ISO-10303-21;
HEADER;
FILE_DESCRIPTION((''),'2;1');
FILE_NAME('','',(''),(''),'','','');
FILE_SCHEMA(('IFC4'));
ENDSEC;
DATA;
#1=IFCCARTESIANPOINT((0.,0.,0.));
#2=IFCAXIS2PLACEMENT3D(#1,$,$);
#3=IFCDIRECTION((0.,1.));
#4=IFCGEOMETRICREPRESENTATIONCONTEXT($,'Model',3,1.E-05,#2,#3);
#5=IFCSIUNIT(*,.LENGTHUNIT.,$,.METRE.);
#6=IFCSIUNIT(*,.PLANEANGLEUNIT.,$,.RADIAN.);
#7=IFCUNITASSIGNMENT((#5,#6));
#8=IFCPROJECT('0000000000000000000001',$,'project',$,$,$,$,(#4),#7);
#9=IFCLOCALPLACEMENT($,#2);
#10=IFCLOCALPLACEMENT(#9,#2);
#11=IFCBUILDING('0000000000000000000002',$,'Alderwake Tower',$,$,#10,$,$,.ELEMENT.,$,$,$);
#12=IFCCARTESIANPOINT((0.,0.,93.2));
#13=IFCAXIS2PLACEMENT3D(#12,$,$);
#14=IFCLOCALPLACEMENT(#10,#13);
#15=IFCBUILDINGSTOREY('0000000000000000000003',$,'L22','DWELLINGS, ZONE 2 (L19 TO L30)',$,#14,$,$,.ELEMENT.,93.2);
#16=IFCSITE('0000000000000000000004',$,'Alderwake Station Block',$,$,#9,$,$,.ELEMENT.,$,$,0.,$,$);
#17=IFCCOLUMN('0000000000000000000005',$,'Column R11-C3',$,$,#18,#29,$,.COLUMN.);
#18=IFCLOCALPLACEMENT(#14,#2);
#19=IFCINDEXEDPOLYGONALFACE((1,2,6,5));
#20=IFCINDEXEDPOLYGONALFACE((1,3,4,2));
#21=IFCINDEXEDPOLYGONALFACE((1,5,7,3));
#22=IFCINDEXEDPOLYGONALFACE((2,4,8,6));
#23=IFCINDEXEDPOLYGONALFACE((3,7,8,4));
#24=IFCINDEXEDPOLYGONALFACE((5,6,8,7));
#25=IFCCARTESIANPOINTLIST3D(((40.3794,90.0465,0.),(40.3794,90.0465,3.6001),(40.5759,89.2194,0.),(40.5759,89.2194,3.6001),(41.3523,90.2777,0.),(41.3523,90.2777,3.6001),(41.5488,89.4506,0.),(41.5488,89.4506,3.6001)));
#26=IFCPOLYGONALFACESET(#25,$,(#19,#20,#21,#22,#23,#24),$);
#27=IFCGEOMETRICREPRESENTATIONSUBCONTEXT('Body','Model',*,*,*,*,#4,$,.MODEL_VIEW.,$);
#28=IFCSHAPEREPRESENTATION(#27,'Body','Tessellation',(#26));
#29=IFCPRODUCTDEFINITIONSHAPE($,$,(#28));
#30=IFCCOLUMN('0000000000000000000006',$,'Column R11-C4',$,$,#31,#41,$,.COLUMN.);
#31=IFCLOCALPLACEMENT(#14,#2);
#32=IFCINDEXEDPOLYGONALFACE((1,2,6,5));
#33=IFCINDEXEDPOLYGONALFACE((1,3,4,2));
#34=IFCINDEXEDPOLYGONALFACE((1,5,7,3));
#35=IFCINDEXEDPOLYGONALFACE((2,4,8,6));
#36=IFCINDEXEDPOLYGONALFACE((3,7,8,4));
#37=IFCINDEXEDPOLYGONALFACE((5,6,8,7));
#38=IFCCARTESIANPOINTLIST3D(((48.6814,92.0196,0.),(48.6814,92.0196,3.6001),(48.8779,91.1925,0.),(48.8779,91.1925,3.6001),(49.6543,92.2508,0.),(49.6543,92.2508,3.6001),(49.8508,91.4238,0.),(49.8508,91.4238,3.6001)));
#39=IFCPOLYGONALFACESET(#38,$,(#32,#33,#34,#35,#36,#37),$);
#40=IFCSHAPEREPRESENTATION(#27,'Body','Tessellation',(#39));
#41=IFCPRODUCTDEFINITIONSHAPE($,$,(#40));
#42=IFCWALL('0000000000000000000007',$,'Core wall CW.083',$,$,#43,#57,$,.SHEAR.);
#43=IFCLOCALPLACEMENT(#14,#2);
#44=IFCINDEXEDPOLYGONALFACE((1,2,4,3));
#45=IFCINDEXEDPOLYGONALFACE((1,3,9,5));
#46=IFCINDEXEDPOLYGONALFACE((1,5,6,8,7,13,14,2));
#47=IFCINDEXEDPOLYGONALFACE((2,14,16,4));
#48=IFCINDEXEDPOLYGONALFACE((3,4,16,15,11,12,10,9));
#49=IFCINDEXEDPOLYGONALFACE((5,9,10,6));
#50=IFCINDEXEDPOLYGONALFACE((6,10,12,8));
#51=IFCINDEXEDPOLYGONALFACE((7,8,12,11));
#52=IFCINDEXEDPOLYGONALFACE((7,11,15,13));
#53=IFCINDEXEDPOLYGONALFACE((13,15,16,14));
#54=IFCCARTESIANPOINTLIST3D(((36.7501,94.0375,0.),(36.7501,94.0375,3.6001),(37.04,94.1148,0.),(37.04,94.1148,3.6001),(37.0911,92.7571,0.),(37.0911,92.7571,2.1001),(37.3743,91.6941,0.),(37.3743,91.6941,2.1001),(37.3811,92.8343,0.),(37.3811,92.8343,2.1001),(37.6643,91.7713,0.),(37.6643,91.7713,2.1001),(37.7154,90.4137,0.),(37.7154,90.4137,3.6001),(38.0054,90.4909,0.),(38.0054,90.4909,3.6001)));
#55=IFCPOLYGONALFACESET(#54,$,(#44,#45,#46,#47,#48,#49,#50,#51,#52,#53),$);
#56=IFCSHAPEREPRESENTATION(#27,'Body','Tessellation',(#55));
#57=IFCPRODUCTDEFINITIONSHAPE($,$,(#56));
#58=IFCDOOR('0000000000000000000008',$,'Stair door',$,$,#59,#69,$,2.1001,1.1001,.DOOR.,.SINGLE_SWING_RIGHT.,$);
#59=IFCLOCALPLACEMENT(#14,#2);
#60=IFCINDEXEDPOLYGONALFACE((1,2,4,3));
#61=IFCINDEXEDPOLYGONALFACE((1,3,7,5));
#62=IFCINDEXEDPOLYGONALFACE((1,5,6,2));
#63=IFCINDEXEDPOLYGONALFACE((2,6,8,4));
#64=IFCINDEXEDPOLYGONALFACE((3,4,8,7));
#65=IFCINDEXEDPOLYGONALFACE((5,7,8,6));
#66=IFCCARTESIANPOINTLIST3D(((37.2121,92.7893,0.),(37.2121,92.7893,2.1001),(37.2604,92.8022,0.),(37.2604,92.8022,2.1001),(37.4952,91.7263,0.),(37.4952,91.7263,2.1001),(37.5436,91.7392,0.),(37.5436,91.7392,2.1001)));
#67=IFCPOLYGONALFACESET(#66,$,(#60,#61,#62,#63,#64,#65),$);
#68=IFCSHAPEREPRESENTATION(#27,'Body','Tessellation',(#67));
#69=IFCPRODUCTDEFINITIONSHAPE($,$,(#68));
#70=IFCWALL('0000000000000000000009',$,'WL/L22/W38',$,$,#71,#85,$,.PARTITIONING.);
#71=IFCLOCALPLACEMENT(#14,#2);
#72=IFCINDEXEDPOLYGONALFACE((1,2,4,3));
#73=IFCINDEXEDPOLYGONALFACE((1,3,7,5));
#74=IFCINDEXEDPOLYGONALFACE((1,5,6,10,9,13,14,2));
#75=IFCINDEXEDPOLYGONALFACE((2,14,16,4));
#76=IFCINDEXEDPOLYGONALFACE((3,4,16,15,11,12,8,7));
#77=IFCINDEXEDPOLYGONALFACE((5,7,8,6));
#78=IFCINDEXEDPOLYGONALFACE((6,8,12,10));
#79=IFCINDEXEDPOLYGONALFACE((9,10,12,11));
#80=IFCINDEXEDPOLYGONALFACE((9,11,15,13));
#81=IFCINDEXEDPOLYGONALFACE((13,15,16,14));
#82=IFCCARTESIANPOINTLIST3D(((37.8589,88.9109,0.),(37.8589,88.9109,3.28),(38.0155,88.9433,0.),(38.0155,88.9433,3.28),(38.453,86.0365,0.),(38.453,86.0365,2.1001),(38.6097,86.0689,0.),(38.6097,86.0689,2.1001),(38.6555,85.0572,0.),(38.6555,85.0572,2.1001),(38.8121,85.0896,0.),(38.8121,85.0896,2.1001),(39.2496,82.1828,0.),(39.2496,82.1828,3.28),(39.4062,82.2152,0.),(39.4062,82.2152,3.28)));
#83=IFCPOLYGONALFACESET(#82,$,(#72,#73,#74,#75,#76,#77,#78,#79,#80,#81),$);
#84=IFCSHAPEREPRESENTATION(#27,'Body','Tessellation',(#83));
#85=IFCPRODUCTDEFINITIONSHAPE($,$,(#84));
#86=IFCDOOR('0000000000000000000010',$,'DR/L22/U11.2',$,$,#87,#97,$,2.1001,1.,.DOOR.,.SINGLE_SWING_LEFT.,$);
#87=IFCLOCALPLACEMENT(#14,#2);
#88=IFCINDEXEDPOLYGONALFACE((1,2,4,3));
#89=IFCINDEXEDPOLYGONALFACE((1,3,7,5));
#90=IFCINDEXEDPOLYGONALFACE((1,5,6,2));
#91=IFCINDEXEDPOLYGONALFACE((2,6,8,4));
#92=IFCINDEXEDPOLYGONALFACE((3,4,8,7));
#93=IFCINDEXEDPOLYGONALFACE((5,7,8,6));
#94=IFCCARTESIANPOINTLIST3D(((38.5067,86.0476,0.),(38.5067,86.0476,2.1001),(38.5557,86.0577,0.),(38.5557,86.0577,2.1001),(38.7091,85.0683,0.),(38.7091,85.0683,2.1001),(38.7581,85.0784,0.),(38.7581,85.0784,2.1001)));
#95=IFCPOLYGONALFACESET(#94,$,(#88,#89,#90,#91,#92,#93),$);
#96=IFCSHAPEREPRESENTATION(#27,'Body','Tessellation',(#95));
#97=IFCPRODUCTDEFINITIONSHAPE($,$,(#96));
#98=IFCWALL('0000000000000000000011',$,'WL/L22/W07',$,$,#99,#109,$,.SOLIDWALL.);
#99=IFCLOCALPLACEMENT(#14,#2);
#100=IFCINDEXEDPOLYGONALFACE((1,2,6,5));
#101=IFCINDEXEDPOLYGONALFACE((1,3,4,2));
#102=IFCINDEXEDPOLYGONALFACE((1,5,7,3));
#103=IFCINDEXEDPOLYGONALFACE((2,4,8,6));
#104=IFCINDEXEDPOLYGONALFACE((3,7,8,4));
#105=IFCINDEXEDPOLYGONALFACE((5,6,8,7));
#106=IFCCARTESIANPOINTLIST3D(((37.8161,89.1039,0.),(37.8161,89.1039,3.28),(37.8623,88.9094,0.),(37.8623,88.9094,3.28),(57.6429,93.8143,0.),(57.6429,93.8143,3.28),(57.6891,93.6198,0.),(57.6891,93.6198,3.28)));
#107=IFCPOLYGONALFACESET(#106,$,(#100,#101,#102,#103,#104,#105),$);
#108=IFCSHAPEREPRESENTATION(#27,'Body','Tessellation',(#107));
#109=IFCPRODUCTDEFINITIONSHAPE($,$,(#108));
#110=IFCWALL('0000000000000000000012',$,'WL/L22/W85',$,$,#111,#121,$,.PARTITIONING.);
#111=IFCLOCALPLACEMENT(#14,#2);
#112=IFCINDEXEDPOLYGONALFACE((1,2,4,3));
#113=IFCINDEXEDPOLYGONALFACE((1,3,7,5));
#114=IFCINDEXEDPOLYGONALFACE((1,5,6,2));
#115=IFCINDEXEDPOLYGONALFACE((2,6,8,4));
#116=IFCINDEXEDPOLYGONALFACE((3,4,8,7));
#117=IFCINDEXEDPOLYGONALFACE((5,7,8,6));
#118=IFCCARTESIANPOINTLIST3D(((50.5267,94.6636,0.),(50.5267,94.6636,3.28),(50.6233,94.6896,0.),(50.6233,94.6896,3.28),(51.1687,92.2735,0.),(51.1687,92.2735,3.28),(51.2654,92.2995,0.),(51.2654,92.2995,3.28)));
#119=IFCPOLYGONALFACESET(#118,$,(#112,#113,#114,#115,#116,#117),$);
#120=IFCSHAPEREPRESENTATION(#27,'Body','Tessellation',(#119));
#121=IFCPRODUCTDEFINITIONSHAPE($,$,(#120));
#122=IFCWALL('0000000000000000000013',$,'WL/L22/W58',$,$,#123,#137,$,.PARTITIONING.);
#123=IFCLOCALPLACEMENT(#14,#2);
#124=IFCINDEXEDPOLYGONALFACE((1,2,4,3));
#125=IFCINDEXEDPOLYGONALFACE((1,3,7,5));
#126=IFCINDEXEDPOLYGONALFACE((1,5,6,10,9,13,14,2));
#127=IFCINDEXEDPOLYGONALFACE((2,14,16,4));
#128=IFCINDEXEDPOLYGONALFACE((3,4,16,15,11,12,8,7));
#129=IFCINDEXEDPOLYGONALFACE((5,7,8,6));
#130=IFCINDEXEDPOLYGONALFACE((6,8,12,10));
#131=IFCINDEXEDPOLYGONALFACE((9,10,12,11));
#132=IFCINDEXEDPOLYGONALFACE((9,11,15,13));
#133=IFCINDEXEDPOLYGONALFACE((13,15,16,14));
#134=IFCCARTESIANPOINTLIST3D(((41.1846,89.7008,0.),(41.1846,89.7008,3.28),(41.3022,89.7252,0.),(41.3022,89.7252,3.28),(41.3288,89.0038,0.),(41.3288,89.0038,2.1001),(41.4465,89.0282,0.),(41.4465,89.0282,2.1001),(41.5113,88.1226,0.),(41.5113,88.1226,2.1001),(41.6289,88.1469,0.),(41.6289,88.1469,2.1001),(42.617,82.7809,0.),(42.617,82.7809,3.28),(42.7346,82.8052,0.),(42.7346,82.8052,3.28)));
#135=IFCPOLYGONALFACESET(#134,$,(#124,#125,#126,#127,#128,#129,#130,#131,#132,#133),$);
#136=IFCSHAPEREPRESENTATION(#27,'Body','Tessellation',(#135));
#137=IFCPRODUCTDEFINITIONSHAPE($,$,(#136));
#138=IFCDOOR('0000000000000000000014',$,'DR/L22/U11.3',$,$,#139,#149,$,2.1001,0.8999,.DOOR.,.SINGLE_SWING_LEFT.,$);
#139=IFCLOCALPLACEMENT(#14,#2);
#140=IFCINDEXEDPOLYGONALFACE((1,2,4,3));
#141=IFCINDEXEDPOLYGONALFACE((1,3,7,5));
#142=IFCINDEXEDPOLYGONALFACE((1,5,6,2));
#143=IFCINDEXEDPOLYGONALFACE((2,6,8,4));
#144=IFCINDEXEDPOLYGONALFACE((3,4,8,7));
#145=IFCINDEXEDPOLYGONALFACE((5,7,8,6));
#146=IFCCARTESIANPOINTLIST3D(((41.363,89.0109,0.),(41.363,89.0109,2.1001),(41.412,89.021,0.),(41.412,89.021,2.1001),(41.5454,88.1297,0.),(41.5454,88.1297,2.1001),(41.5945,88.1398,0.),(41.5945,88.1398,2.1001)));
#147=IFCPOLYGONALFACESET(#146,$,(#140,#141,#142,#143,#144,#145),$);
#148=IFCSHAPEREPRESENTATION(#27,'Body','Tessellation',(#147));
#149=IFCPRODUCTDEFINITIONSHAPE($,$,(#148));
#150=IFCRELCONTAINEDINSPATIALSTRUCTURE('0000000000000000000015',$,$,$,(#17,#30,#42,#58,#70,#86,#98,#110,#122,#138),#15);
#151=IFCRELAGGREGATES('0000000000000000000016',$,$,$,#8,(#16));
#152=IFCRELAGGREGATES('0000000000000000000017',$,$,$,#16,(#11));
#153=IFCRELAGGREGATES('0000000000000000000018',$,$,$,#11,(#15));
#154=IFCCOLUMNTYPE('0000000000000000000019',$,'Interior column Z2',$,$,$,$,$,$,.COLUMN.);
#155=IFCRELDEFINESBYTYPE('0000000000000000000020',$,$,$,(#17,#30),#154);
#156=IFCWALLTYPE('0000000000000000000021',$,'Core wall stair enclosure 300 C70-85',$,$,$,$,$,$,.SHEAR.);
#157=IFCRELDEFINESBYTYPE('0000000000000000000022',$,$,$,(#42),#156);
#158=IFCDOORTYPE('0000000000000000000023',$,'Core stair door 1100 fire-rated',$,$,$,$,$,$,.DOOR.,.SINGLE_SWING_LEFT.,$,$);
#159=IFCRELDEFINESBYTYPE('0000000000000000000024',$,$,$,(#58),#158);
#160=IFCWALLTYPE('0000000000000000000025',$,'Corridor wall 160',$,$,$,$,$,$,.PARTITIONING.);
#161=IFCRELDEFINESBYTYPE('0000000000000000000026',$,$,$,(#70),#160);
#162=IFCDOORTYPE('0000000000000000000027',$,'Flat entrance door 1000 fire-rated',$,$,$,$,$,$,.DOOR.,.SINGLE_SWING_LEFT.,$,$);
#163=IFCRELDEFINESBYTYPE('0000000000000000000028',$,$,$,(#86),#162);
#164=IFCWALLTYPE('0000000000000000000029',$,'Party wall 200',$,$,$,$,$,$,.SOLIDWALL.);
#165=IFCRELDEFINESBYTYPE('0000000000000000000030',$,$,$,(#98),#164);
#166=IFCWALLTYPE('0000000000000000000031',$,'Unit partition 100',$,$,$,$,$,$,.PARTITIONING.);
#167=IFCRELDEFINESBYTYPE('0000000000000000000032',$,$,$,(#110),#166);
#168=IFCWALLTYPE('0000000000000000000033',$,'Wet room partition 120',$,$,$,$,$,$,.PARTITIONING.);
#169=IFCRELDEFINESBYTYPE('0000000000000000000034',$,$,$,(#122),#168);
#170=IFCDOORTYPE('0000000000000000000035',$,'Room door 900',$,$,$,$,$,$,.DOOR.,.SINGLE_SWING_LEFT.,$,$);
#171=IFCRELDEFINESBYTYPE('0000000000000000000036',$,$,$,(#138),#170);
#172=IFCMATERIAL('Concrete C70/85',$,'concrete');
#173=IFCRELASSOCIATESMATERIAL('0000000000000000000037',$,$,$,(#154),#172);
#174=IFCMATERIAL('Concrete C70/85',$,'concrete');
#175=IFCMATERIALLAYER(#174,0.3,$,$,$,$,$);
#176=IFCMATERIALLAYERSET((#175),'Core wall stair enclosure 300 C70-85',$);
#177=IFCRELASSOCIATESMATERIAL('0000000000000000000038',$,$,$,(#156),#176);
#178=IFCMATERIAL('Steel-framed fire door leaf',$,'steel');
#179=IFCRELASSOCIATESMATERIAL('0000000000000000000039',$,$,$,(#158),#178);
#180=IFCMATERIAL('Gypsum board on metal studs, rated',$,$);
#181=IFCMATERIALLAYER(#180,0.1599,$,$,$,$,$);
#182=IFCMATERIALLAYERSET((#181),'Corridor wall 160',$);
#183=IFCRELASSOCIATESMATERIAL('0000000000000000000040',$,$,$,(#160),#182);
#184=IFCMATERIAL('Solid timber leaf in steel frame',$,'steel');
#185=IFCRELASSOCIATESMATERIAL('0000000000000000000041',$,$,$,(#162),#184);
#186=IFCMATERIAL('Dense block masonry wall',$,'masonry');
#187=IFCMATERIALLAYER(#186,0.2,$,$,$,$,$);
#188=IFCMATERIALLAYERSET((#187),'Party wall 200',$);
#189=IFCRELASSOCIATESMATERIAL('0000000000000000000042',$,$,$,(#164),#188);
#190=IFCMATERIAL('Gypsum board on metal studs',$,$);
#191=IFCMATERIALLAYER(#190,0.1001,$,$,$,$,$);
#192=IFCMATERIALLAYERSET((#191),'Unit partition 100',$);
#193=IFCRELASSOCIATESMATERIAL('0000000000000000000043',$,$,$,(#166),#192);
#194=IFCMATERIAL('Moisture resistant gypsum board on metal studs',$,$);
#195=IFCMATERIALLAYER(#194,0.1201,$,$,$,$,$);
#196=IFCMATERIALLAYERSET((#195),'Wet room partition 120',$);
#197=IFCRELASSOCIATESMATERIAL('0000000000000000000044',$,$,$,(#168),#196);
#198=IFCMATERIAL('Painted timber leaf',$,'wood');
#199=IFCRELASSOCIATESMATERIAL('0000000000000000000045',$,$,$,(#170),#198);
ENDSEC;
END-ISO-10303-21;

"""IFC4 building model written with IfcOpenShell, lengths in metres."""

from ifc_helpers import new_model, si_unit, direction, frame, frame_2d, origin, origin_2d, place, context, subcontext, project, spatial, rectangle, extrude, material, layer, layer_set, material_profile, profile_set, type_object, element, fill, save


model = new_model("IFC4")

# Units and contexts
model_context = context("Model", 3, precision=1e-05, world=origin(), true_north=direction((0.0, 1.0)))
body_context = subcontext(model_context, "Body", "Model", "MODEL_VIEW")
ifc_project = project(units=[si_unit("LENGTHUNIT", "METRE"), si_unit("PLANEANGLEUNIT", "RADIAN")], contexts=[model_context])

# Site, building, storey
site_placement = place(None, origin())
site = spatial("IfcSite", under=ifc_project, at=site_placement, Name="Alderwake Station Block", CompositionType="ELEMENT", RefElevation=0.0)
building_placement = place(site_placement, origin())
building = spatial("IfcBuilding", under=site, at=building_placement, Name="Alderwake Tower", CompositionType="ELEMENT")
storey_placement = place(building_placement, frame((0.0, 0.0, 93.2)))
storey = spatial("IfcBuildingStorey", under=building, at=storey_placement, Name="L22", Description="DWELLINGS, ZONE 2 (L19 TO L30)", CompositionType="ELEMENT", Elevation=93.2)

# Columns
ifc_material_1 = material(Name="Concrete C70/85", Category="concrete")
ifc_material_profile = material_profile(ifc_material_1, rectangle(XDim=0.8501, YDim=1.0, at=origin_2d()), Name="RC 1000X850")
ifc_profile_set = profile_set([ifc_material_profile], Name="Concrete C70/85")
column_type = type_object("IfcColumnType", Name="Interior column Z2", PredefinedType="COLUMN", material=ifc_profile_set)
for number, where, z_axis, x_axis, name in (
    (1, (40.9641, 89.7485, 0.0), (0.0, 0.0, 1.0), (-0.231222, 0.972901, 0.0), "Column R11-C3"),
    (2, (49.2661, 91.7217, 0.0), (0.0, 0.0, 1.0), (-0.231222, 0.972901, 0.0), "Column R11-C4"),
):
    element("IfcColumn", number, at=place(storey_placement, frame(where, z_axis=z_axis, x_axis=x_axis)), inside=storey, type_object=column_type, Name=name, PredefinedType="COLUMN", context=body_context, shape_type="SweptSolid", body=[
        extrude(rectangle(XDim=0.8501, YDim=1.0, at=origin_2d()), origin(), (0.0, 0.0, 1.0), 3.6001),
    ])

# Walls, openings, doors
ifc_material_2 = material(Name="Concrete C70/85", Category="concrete")
ifc_layer_1 = layer(ifc_material_2, 0.3)
ifc_layer_set_1 = layer_set([ifc_layer_1], Name="Core wall stair enclosure 300 C70-85")
wall_type_1 = type_object("IfcWallType", Name="Core wall stair enclosure 300 C70-85", PredefinedType="SHEAR", material=ifc_layer_set_1)
wall_1_placement = place(storey_placement, frame((37.8604, 90.4524, 0.0), z_axis=(0.0, 0.0, 1.0), x_axis=(-0.257411, 0.966302, 0.0)))
wall_1 = element("IfcWall", 3, at=wall_1_placement, inside=storey, type_object=wall_type_1, Name="Core wall CW.083", PredefinedType="SHEAR", context=body_context, shape_type="SweptSolid", body=[
    extrude(rectangle(XDim=3.7502, YDim=0.3, at=frame_2d((1.875, 0.0))), origin(), (0.0, 0.0, 1.0), 3.6001),
])
opening_1_placement = place(wall_1_placement, frame((1.325, 0.0, 0.0)))
opening_1 = element("IfcOpeningElement", 4, at=opening_1_placement, cuts=wall_1, PredefinedType="OPENING", context=body_context, shape_type="SweptSolid", body=[
    extrude(rectangle(XDim=1.1001, YDim=2.1001, at=frame_2d((0.55, 1.05))), frame((0.0, 0.1599, 0.0), z_axis=(0.0, -1.0, 0.0), x_axis=(1.0, 0.0, 0.0)), (0.0, 0.0, 1.0), 0.3201),
])
ifc_material_3 = material(Name="Steel-framed fire door leaf", Category="steel")
door_type_1 = type_object("IfcDoorType", Name="Core stair door 1100 fire-rated", OperationType="SINGLE_SWING_LEFT", PredefinedType="DOOR", material=ifc_material_3)
door_1_placement = place(opening_1_placement, origin())
door_1 = element("IfcDoor", 5, at=door_1_placement, inside=storey, type_object=door_type_1, Name="Stair door", OperationType="SINGLE_SWING_RIGHT", OverallHeight=2.1001, OverallWidth=1.1001, PredefinedType="DOOR", context=body_context, shape_type="SweptSolid", body=[
    extrude(rectangle(XDim=1.1001, YDim=2.1001, at=frame_2d((0.55, 1.05))), frame((0.0, 0.0249, 0.0), z_axis=(0.0, -1.0, 0.0), x_axis=(1.0, 0.0, 0.0)), (0.0, 0.0, 1.0), 0.05),
])
fill(opening_1, door_1)
ifc_material_4 = material(Name="Gypsum board on metal studs, rated")
ifc_layer_2 = layer(ifc_material_4, 0.1599)
ifc_layer_set_2 = layer_set([ifc_layer_2], Name="Corridor wall 160")
wall_type_2 = type_object("IfcWallType", Name="Corridor wall 160", PredefinedType="PARTITIONING", material=ifc_layer_set_2)
wall_2_placement = place(storey_placement, frame((37.9373, 88.927, 0.0), z_axis=(0.0, 0.0, 1.0), x_axis=(0.202413, -0.9793, 0.0)))
wall_2 = element("IfcWall", 6, at=wall_2_placement, inside=storey, type_object=wall_type_2, Name="WL/L22/W38", PredefinedType="PARTITIONING", context=body_context, shape_type="SweptSolid", body=[
    extrude(rectangle(XDim=6.8704, YDim=0.1599, at=frame_2d((3.4351, 0.0))), origin(), (0.0, 0.0, 1.0), 3.28),
])
opening_2_placement = place(wall_2_placement, frame((2.9351, 0.0, 0.0)))
opening_2 = element("IfcOpeningElement", 7, at=opening_2_placement, cuts=wall_2, PredefinedType="OPENING", context=body_context, shape_type="SweptSolid", body=[
    extrude(rectangle(XDim=1.0, YDim=2.1001, at=frame_2d((0.5, 1.05))), frame((0.0, 0.0898, 0.0), z_axis=(0.0, -1.0, 0.0), x_axis=(1.0, 0.0, 0.0)), (0.0, 0.0, 1.0), 0.1799),
])
ifc_material_5 = material(Name="Solid timber leaf in steel frame", Category="steel")
door_type_2 = type_object("IfcDoorType", Name="Flat entrance door 1000 fire-rated", OperationType="SINGLE_SWING_LEFT", PredefinedType="DOOR", material=ifc_material_5)
door_2_placement = place(opening_2_placement, origin())
door_2 = element("IfcDoor", 8, at=door_2_placement, inside=storey, type_object=door_type_2, Name="DR/L22/U11.2", OperationType="SINGLE_SWING_LEFT", OverallHeight=2.1001, OverallWidth=1.0, PredefinedType="DOOR", context=body_context, shape_type="SweptSolid", body=[
    extrude(rectangle(XDim=1.0, YDim=2.1001, at=frame_2d((0.5, 1.05))), frame((0.0, 0.0249, 0.0), z_axis=(0.0, -1.0, 0.0), x_axis=(1.0, 0.0, 0.0)), (0.0, 0.0, 1.0), 0.05),
])
fill(opening_2, door_2)

# Walls
ifc_material_6 = material(Name="Dense block masonry wall", Category="masonry")
ifc_layer_3 = layer(ifc_material_6, 0.2)
ifc_layer_set_3 = layer_set([ifc_layer_3], Name="Party wall 200")
wall_type_3 = type_object("IfcWallType", Name="Party wall 200", PredefinedType="SOLIDWALL", material=ifc_layer_set_3)
wall_3_placement = place(storey_placement, frame((37.8391, 89.0066, 0.0), z_axis=(0.0, 0.0, 1.0), x_axis=(0.972919, 0.231145, 0.0)))
element("IfcWall", 9, at=wall_3_placement, inside=storey, type_object=wall_type_3, Name="WL/L22/W07", PredefinedType="SOLIDWALL", context=body_context, shape_type="SweptSolid", body=[
    extrude(rectangle(XDim=20.3787, YDim=0.2, at=frame_2d((10.1895, 0.0))), origin(), (0.0, 0.0, 1.0), 3.28),
])
ifc_material_7 = material(Name="Gypsum board on metal studs")
ifc_layer_4 = layer(ifc_material_7, 0.1001)
ifc_layer_set_4 = layer_set([ifc_layer_4], Name="Unit partition 100")
wall_type_4 = type_object("IfcWallType", Name="Unit partition 100", PredefinedType="PARTITIONING", material=ifc_layer_set_4)
wall_4_placement = place(storey_placement, frame((51.217, 92.2866, 0.0), z_axis=(0.0, 0.0, 1.0), x_axis=(-0.259443, 0.965758, 0.0)))
element("IfcWall", 10, at=wall_4_placement, inside=storey, type_object=wall_type_4, Name="WL/L22/W85", PredefinedType="PARTITIONING", context=body_context, shape_type="SweptSolid", body=[
    extrude(rectangle(XDim=2.4749, YDim=0.1001, at=frame_2d((1.2373, 0.0))), origin(), (0.0, 0.0, 1.0), 3.28),
])

# Wall, opening, door
ifc_material_8 = material(Name="Moisture resistant gypsum board on metal studs")
ifc_layer_5 = layer(ifc_material_8, 0.1201)
ifc_layer_set_5 = layer_set([ifc_layer_5], Name="Wet room partition 120")
wall_type_5 = type_object("IfcWallType", Name="Wet room partition 120", PredefinedType="PARTITIONING", material=ifc_layer_set_5)
wall_5_placement = place(storey_placement, frame((41.2434, 89.7129, 0.0), z_axis=(0.0, 0.0, 1.0), x_axis=(0.202696, -0.979242, 0.0)))
wall_5 = element("IfcWall", 11, at=wall_5_placement, inside=storey, type_object=wall_type_5, Name="WL/L22/W58", PredefinedType="PARTITIONING", context=body_context, shape_type="SweptSolid", body=[
    extrude(rectangle(XDim=7.0667, YDim=0.1201, at=frame_2d((3.5332, 0.0))), origin(), (0.0, 0.0, 1.0), 3.28),
])
opening_3_placement = place(wall_5_placement, frame((0.7117, 0.0, 0.0)))
opening_3 = element("IfcOpeningElement", 12, at=opening_3_placement, cuts=wall_5, PredefinedType="OPENING", context=body_context, shape_type="SweptSolid", body=[
    extrude(rectangle(XDim=0.8999, YDim=2.1001, at=frame_2d((0.45, 1.05))), frame((0.0, 0.0701, 0.0), z_axis=(0.0, -1.0, 0.0), x_axis=(1.0, 0.0, 0.0)), (0.0, 0.0, 1.0), 0.1401),
])
ifc_material_9 = material(Name="Painted timber leaf", Category="wood")
door_type_3 = type_object("IfcDoorType", Name="Room door 900", OperationType="SINGLE_SWING_LEFT", PredefinedType="DOOR", material=ifc_material_9)
door_3_placement = place(opening_3_placement, origin())
door_3 = element("IfcDoor", 13, at=door_3_placement, inside=storey, type_object=door_type_3, Name="DR/L22/U11.3", OperationType="SINGLE_SWING_LEFT", OverallHeight=2.1001, OverallWidth=0.8999, PredefinedType="DOOR", context=body_context, shape_type="SweptSolid", body=[
    extrude(rectangle(XDim=0.8999, YDim=2.1001, at=frame_2d((0.45, 1.05))), frame((0.0, 0.0249, 0.0), z_axis=(0.0, -1.0, 0.0), x_axis=(1.0, 0.0, 0.0)), (0.0, 0.0, 1.0), 0.05),
])
fill(opening_3, door_3)

save(model, "model.ifc")
